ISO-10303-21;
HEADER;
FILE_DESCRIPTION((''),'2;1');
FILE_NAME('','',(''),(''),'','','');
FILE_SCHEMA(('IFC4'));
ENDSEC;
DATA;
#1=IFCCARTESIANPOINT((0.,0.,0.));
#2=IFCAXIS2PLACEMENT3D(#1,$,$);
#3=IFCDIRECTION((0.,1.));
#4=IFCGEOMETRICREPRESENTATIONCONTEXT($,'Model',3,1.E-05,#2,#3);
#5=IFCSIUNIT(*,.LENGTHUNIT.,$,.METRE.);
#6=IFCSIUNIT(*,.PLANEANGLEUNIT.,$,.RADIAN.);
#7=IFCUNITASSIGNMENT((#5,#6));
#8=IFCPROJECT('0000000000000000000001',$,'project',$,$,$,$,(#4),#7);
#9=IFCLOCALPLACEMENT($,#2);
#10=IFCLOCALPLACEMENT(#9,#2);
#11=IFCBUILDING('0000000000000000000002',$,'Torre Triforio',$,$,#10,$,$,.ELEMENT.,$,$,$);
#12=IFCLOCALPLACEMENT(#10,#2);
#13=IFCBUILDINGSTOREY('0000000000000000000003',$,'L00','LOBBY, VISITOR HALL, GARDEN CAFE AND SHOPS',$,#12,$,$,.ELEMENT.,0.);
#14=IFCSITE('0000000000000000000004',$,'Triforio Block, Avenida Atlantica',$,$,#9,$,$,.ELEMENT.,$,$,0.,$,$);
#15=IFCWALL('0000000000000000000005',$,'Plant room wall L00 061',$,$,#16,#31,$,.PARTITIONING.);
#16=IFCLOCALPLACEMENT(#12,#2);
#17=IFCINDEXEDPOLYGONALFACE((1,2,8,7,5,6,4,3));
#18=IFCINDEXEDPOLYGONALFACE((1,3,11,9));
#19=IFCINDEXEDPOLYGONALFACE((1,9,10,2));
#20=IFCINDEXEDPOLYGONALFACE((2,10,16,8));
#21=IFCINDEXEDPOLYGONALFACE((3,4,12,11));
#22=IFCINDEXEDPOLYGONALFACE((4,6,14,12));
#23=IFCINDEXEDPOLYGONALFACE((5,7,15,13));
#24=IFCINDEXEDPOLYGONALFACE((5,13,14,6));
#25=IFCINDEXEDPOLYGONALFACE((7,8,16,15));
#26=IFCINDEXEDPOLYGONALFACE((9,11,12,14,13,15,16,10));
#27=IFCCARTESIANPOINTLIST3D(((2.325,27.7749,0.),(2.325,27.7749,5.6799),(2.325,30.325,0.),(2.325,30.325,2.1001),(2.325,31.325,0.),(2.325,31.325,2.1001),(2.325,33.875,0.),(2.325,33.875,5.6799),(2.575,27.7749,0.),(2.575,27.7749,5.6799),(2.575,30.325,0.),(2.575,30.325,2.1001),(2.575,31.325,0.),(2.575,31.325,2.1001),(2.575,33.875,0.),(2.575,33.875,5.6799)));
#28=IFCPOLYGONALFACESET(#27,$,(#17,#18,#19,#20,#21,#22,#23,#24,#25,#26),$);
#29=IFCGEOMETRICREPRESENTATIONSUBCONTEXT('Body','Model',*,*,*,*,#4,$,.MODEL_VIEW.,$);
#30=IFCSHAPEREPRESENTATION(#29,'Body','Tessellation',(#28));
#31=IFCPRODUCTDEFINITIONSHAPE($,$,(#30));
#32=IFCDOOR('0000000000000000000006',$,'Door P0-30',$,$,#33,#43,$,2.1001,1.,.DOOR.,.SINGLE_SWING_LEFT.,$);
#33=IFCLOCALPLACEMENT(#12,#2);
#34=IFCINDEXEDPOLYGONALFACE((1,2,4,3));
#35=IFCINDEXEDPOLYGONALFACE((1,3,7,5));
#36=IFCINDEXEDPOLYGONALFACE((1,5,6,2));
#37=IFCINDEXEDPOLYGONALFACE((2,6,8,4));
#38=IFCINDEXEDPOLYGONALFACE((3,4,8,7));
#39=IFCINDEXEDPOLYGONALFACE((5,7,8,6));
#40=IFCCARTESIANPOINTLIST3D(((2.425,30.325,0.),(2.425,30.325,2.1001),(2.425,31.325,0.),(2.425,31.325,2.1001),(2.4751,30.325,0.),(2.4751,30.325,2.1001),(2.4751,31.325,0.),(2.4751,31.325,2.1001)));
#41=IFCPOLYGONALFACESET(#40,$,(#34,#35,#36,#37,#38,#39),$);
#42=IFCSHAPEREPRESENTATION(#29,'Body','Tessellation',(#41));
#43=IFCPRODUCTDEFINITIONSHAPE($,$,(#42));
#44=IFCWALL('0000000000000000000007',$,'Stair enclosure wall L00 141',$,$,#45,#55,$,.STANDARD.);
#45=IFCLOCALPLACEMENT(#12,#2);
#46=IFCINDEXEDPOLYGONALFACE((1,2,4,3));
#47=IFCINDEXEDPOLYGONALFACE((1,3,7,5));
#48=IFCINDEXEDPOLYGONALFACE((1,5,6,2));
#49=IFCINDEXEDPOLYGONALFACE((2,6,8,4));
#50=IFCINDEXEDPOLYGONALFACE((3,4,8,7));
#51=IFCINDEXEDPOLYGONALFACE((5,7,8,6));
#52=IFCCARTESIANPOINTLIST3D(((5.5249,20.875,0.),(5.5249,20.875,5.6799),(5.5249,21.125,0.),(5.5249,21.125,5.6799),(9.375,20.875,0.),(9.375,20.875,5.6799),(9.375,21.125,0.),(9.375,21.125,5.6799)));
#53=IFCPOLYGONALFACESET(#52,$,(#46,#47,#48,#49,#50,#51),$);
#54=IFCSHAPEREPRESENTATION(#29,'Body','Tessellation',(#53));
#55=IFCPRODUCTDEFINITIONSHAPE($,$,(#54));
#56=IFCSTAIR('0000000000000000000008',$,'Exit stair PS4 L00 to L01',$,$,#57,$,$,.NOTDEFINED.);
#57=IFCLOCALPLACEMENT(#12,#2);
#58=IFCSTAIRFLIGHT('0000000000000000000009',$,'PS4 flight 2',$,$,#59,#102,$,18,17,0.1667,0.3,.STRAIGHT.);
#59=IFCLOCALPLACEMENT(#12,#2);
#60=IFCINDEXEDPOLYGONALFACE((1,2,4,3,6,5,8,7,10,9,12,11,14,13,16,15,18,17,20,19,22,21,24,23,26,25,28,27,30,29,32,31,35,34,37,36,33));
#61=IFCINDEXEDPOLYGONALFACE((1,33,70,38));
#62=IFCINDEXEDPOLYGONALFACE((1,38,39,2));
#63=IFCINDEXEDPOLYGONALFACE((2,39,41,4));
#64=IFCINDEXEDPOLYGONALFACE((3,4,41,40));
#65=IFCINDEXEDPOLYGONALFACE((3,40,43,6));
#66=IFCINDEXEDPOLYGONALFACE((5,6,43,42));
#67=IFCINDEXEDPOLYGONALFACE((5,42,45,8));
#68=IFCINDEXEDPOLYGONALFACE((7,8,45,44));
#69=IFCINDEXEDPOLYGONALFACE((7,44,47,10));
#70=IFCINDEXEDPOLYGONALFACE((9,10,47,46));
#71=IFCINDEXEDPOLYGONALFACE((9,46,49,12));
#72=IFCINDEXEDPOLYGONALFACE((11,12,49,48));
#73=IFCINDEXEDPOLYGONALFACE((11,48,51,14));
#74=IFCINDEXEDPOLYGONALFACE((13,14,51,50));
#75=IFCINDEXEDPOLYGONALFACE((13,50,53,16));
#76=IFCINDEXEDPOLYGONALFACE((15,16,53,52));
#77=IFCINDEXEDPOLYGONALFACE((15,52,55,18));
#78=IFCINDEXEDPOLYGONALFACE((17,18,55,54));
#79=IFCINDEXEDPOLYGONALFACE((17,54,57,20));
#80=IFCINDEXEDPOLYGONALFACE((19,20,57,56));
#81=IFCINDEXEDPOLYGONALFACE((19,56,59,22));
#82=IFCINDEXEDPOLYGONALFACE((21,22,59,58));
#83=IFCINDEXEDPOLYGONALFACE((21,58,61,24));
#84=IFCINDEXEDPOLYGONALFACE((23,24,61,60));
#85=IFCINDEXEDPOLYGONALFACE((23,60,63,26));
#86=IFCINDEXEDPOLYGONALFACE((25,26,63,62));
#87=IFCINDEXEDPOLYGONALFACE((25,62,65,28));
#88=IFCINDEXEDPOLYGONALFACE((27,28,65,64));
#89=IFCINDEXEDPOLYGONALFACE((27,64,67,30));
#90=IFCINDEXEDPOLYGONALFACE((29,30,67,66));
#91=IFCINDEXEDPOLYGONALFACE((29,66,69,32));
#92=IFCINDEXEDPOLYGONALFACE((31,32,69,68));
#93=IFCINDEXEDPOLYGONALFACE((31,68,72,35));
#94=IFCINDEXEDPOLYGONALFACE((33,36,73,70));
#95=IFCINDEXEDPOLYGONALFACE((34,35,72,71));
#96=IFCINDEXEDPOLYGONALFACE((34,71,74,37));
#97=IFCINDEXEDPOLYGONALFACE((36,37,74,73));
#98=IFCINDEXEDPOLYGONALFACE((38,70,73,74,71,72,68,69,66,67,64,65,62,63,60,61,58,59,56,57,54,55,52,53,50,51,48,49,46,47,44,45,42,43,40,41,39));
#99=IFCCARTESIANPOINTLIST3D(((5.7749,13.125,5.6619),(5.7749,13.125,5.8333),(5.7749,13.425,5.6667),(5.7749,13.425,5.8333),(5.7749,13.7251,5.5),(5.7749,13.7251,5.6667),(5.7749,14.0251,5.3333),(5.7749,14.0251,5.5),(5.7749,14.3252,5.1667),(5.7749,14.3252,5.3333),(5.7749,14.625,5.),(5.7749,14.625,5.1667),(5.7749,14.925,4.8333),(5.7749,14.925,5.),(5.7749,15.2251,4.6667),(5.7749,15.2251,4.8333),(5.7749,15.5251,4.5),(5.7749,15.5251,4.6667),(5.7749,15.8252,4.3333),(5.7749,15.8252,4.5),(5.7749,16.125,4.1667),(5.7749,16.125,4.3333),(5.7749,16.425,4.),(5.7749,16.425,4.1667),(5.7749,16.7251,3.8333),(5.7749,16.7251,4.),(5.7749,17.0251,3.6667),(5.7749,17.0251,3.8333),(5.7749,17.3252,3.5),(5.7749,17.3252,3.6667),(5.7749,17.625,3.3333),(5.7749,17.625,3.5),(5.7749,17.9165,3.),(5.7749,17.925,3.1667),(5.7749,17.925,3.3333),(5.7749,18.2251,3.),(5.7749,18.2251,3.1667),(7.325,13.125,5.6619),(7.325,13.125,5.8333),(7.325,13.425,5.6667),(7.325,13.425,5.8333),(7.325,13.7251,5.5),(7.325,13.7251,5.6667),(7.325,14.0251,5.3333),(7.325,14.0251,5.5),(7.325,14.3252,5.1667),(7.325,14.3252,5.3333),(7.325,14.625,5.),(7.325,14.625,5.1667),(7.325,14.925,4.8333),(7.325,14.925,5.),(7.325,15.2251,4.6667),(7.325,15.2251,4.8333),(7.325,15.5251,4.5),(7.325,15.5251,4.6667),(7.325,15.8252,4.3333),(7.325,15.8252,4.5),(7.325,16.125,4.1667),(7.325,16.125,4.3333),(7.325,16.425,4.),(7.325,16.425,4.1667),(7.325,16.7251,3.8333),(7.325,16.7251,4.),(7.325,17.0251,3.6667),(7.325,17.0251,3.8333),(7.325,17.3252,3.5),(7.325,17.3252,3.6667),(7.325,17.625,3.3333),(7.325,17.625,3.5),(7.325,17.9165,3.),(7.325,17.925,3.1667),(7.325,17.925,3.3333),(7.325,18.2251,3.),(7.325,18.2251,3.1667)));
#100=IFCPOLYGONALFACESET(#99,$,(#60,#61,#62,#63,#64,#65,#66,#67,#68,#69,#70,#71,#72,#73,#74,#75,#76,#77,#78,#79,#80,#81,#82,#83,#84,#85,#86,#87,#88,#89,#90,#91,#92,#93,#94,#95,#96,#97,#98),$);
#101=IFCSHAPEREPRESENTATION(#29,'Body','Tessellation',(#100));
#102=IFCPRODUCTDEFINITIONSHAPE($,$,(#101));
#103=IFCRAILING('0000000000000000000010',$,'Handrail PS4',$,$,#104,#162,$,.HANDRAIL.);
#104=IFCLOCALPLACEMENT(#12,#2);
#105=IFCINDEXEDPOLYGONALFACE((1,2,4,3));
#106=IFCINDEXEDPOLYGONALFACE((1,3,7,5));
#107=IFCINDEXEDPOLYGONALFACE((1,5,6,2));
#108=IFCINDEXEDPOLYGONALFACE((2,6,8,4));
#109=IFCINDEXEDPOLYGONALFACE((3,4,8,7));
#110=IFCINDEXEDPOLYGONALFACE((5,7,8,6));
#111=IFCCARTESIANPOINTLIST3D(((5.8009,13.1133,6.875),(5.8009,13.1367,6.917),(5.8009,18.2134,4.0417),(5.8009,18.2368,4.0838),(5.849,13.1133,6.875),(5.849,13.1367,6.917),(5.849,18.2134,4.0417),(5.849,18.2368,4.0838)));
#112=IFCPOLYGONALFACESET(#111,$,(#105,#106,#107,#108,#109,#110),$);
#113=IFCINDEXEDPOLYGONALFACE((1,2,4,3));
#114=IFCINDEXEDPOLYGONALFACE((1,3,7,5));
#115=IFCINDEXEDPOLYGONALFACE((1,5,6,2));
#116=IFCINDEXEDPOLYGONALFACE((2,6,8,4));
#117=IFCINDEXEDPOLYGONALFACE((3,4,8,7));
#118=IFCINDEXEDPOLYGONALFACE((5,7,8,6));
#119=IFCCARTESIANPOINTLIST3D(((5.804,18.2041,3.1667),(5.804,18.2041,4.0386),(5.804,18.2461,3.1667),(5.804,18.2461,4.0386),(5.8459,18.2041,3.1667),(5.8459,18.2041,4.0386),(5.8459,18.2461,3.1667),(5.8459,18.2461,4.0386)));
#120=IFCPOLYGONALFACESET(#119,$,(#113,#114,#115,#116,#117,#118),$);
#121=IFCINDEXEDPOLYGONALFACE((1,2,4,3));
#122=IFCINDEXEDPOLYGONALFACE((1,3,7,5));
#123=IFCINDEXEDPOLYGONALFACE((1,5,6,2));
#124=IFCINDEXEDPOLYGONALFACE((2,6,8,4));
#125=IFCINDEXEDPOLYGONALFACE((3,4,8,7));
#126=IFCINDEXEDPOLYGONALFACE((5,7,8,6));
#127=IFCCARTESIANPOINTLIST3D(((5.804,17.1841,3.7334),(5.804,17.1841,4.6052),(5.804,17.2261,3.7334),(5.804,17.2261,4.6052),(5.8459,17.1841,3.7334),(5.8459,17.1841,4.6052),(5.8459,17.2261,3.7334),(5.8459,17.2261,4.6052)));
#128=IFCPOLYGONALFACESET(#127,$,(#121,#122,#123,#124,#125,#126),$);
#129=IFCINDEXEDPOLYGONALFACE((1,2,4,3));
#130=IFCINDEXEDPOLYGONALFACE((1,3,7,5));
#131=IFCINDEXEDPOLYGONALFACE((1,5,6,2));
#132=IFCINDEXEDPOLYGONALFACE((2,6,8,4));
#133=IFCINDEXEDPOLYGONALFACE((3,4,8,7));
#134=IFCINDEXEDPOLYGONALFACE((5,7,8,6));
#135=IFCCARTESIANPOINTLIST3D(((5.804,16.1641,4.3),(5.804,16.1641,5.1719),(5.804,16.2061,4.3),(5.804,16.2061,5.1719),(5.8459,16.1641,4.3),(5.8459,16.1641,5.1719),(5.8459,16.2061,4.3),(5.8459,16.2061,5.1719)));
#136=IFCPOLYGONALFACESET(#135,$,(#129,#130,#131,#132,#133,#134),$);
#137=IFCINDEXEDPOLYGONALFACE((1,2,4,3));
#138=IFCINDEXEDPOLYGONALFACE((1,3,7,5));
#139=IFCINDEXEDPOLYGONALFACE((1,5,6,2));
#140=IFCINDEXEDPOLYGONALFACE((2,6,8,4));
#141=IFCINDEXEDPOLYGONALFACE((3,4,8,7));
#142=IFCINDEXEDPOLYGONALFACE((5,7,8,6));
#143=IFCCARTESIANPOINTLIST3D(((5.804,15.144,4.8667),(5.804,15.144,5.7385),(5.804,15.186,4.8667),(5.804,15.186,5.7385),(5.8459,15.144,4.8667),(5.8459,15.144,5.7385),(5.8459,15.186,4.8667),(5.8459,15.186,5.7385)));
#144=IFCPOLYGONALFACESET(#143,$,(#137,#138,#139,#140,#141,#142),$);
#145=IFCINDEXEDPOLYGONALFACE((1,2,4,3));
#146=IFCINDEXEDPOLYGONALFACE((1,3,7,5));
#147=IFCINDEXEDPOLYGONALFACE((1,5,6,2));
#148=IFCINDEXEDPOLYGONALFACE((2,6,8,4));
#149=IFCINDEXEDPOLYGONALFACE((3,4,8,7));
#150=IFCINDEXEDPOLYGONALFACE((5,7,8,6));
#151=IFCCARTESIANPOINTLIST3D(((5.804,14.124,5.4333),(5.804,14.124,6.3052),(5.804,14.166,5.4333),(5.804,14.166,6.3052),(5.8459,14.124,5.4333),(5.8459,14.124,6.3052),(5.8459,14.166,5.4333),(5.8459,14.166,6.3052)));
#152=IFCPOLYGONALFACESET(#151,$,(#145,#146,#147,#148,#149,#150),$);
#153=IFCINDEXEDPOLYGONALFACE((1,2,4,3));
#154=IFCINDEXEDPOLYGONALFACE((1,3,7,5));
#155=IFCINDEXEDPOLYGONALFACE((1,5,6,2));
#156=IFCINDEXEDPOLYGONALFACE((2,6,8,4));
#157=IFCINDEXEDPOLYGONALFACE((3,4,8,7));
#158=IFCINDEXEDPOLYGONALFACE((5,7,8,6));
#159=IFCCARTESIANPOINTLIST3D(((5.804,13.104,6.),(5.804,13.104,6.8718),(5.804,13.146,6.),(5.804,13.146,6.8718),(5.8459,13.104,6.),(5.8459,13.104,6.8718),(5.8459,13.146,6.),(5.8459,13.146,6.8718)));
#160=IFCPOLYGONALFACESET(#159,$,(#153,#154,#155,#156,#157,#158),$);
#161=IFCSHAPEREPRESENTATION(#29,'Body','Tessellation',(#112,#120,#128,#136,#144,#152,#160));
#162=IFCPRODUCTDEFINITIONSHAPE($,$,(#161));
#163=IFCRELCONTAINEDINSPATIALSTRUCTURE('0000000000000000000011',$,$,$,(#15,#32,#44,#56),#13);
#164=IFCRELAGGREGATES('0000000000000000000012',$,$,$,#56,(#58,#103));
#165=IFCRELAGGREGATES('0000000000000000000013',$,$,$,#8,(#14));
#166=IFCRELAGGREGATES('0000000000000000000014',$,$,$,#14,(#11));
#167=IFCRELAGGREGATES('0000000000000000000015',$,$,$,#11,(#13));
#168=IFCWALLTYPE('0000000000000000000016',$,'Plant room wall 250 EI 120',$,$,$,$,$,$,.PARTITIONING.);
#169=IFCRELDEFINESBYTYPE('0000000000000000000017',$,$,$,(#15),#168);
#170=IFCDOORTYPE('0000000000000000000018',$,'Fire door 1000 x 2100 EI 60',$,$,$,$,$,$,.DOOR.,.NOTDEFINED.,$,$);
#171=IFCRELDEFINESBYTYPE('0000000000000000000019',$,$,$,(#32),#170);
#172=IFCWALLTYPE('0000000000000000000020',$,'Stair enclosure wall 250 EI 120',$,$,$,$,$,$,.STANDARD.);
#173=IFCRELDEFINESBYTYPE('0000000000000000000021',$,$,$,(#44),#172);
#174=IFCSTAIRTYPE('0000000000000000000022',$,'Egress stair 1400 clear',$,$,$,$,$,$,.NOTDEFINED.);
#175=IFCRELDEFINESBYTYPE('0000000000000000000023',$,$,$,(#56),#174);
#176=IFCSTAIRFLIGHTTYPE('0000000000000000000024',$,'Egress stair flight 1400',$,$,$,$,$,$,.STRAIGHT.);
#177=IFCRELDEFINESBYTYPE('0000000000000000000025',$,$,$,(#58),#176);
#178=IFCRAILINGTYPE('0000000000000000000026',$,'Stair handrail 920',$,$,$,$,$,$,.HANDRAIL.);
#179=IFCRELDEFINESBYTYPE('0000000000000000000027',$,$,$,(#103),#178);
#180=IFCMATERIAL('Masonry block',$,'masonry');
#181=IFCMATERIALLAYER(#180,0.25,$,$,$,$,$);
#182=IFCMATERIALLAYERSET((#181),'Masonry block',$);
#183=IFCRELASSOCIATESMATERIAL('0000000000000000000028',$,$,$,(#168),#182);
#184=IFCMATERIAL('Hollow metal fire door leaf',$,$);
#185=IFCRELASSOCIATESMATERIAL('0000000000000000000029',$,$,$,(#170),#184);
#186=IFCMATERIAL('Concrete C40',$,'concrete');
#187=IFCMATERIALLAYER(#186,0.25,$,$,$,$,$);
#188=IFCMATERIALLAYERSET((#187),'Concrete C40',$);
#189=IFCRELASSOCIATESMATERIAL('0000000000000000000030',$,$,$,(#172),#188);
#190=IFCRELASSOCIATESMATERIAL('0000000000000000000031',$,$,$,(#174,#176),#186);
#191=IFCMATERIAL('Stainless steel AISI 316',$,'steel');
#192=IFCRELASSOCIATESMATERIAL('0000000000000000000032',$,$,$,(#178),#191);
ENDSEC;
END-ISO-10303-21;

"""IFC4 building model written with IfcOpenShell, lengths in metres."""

from ifc_helpers import new_model, si_unit, direction, frame, frame_2d, origin, origin_2d, place, context, subcontext, project, spatial, polyline, rectangle, outline, extrude, material, layer, layer_set, type_object, element, fill, aggregate, save


model = new_model("IFC4")

# Units and contexts
model_context = context("Model", 3, precision=1e-05, world=origin(), true_north=direction((0.0, 1.0)))
body_context = subcontext(model_context, "Body", "Model", "MODEL_VIEW")
ifc_project = project(units=[si_unit("LENGTHUNIT", "METRE"), si_unit("PLANEANGLEUNIT", "RADIAN")], contexts=[model_context])

# Site, building, storey
site_placement = place(None, origin())
site = spatial("IfcSite", under=ifc_project, at=site_placement, Name="Triforio Block, Avenida Atlantica", CompositionType="ELEMENT", RefElevation=0.0)
building_placement = place(site_placement, origin())
building = spatial("IfcBuilding", under=site, at=building_placement, Name="Torre Triforio", CompositionType="ELEMENT")
storey_placement = place(building_placement, origin())
storey = spatial("IfcBuildingStorey", under=building, at=storey_placement, Name="L00", Description="LOBBY, VISITOR HALL, GARDEN CAFE AND SHOPS", CompositionType="ELEMENT", Elevation=0.0)

# Shared definitions
ifc_material_1 = material(Name="Masonry block", Category="masonry")
ifc_layer_1 = layer(ifc_material_1, 0.25)
ifc_layer_set_1 = layer_set([ifc_layer_1], Name="Masonry block")
wall_type_1 = type_object("IfcWallType", Name="Plant room wall 250 EI 120", PredefinedType="PARTITIONING", material=ifc_layer_set_1)

# Wall, opening, door
wall_1_placement = place(storey_placement, frame((2.45, 27.7749, 0.0), z_axis=(0.0, 0.0, 1.0), x_axis=(0.0, 1.0, 0.0)))
wall_1 = element("IfcWall", 1, at=wall_1_placement, inside=storey, type_object=wall_type_1, Name="Plant room wall L00 061", PredefinedType="PARTITIONING", context=body_context, shape_type="SweptSolid", body=[
    extrude(rectangle(XDim=6.1001, YDim=0.25, at=frame_2d((3.05, 0.0))), origin(), (0.0, 0.0, 1.0), 5.6799),
])
opening_1_placement = place(wall_1_placement, frame((2.55, 0.0, 0.0)))
opening_1 = element("IfcOpeningElement", 2, at=opening_1_placement, cuts=wall_1, PredefinedType="OPENING", context=body_context, shape_type="SweptSolid", body=[
    extrude(rectangle(XDim=1.0, YDim=2.1001, at=frame_2d((0.5, 1.05))), frame((0.0, 0.135, 0.0), z_axis=(0.0, -1.0, 0.0), x_axis=(1.0, 0.0, 0.0)), (0.0, 0.0, 1.0), 0.27),
])
ifc_material_2 = material(Name="Hollow metal fire door leaf")
door_type_1 = type_object("IfcDoorType", Name="Fire door 1000 x 2100 EI 60", OperationType="NOTDEFINED", PredefinedType="DOOR", material=ifc_material_2)
door_1_placement = place(opening_1_placement, origin())
door_1 = element("IfcDoor", 3, at=door_1_placement, inside=storey, type_object=door_type_1, Name="Door P0-30", OperationType="SINGLE_SWING_LEFT", OverallHeight=2.1001, OverallWidth=1.0, PredefinedType="DOOR", context=body_context, shape_type="SweptSolid", body=[
    extrude(rectangle(XDim=1.0, YDim=2.1001, at=frame_2d((0.5, 1.05))), frame((0.0, 0.0249, 0.0), z_axis=(0.0, -1.0, 0.0), x_axis=(1.0, 0.0, 0.0)), (0.0, 0.0, 1.0), 0.05),
])
fill(opening_1, door_1)

# Wall
ifc_material_3 = material(Name="Concrete C40", Category="concrete")
ifc_layer_2 = layer(ifc_material_3, 0.25)
ifc_layer_set_2 = layer_set([ifc_layer_2], Name="Concrete C40")
wall_type_2 = type_object("IfcWallType", Name="Stair enclosure wall 250 EI 120", PredefinedType="STANDARD", material=ifc_layer_set_2)
wall_2_placement = place(storey_placement, frame((5.5249, 21.0, 0.0), z_axis=(0.0, 0.0, 1.0), x_axis=(1.0, 0.0, 0.0)))
element("IfcWall", 4, at=wall_2_placement, inside=storey, type_object=wall_type_2, Name="Stair enclosure wall L00 141", PredefinedType="STANDARD", context=body_context, shape_type="SweptSolid", body=[
    extrude(rectangle(XDim=3.8501, YDim=0.25, at=frame_2d((1.925, 0.0))), origin(), (0.0, 0.0, 1.0), 5.6799),
])

# Stair, stair flight, railing
stair_type = type_object("IfcStairType", Name="Egress stair 1400 clear", PredefinedType="NOTDEFINED", material=ifc_material_3)
stair_placement = place(storey_placement, origin())
stair = element("IfcStair", 5, at=stair_placement, inside=storey, type_object=stair_type, Name="Exit stair PS4 L00 to L01", PredefinedType="NOTDEFINED")
stair_flight_type = type_object("IfcStairFlightType", Name="Egress stair flight 1400", PredefinedType="STRAIGHT", material=ifc_material_3)
stair_flight_placement = place(storey_placement, frame((6.55, 18.2251, 3.0), z_axis=(0.0, 0.0, 1.0), x_axis=(0.0, -1.0, 0.0)))
stair_flight = element("IfcStairFlight", 6, at=stair_flight_placement, type_object=stair_flight_type, Name="PS4 flight 2", NumberOfRisers=18, NumberOfTreads=17, PredefinedType="STRAIGHT", RiserHeight=0.1667, TreadLength=0.3, context=body_context, shape_type="SweptSolid", body=[
    extrude(outline(polyline([(0.0, 0.0), (0.0, 0.1667), (0.3, 0.1667), (0.3, 0.3333), (0.6001, 0.3333), (0.6001, 0.5), (0.8999, 0.5), (0.8999, 0.6667), (1.2, 0.6667), (1.2, 0.8333), (1.5, 0.8333), (1.5, 1.0), (1.8, 1.0), (1.8, 1.1667), (2.1001, 1.1667), (2.1001, 1.3333), (2.3999, 1.3333), (2.3999, 1.5), (2.7, 1.5), (2.7, 1.6667), (3.0, 1.6667), (3.0, 1.8333), (3.3, 1.8333), (3.3, 2.0), (3.6001, 2.0), (3.6001, 2.1667), (3.8999, 2.1667), (3.8999, 2.3333), (4.2, 2.3333), (4.2, 2.5), (4.5, 2.5), (4.5, 2.6667), (4.8, 2.6667), (4.8, 2.8333), (5.1001, 2.8333), (5.1001, 3.0), (5.1001, 2.6619), (0.3086, 0.0), (0.0, 0.0)])), frame((0.0, 0.7749, 0.0), z_axis=(0.0, -1.0, 0.0), x_axis=(1.0, 0.0, 0.0)), (0.0, 0.0, 1.0), 1.55),
])
ifc_material_4 = material(Name="Stainless steel AISI 316", Category="steel")
railing_type = type_object("IfcRailingType", Name="Stair handrail 920", PredefinedType="HANDRAIL", material=ifc_material_4)
railing_1_placement = place(storey_placement, frame((5.825, 18.2251, 3.1667)))
railing_1 = element("IfcRailing", 7, at=railing_1_placement, type_object=railing_type, Name="Handrail PS4", PredefinedType="HANDRAIL", context=body_context, shape_type="SweptSolid", body=[
    extrude(rectangle(XDim=0.0481, YDim=0.0481, at=origin_2d()), frame((0.0, 0.0, 0.896), z_axis=(0.0, -0.874167, 0.485625), x_axis=(1.0, 0.0, 0.0)), (0.0, 0.0, 1.0), 5.8342),
    extrude(rectangle(XDim=0.042, YDim=0.042, at=origin_2d()), origin(), (0.0, 0.0, 1.0), 0.8718),
    extrude(rectangle(XDim=0.042, YDim=0.042, at=origin_2d()), frame((0.0, -1.02, 0.5667)), (0.0, 0.0, 1.0), 0.8718),
    extrude(rectangle(XDim=0.042, YDim=0.042, at=origin_2d()), frame((0.0, -2.04, 1.1333)), (0.0, 0.0, 1.0), 0.8718),
    extrude(rectangle(XDim=0.042, YDim=0.042, at=origin_2d()), frame((0.0, -3.0601, 1.7)), (0.0, 0.0, 1.0), 0.8718),
    extrude(rectangle(XDim=0.042, YDim=0.042, at=origin_2d()), frame((0.0, -4.0801, 2.2666)), (0.0, 0.0, 1.0), 0.8718),
    extrude(rectangle(XDim=0.042, YDim=0.042, at=origin_2d()), frame((0.0, -5.1001, 2.8333)), (0.0, 0.0, 1.0), 0.8718),
])
aggregate(stair, [stair_flight, railing_1])

save(model, "model.ifc")
